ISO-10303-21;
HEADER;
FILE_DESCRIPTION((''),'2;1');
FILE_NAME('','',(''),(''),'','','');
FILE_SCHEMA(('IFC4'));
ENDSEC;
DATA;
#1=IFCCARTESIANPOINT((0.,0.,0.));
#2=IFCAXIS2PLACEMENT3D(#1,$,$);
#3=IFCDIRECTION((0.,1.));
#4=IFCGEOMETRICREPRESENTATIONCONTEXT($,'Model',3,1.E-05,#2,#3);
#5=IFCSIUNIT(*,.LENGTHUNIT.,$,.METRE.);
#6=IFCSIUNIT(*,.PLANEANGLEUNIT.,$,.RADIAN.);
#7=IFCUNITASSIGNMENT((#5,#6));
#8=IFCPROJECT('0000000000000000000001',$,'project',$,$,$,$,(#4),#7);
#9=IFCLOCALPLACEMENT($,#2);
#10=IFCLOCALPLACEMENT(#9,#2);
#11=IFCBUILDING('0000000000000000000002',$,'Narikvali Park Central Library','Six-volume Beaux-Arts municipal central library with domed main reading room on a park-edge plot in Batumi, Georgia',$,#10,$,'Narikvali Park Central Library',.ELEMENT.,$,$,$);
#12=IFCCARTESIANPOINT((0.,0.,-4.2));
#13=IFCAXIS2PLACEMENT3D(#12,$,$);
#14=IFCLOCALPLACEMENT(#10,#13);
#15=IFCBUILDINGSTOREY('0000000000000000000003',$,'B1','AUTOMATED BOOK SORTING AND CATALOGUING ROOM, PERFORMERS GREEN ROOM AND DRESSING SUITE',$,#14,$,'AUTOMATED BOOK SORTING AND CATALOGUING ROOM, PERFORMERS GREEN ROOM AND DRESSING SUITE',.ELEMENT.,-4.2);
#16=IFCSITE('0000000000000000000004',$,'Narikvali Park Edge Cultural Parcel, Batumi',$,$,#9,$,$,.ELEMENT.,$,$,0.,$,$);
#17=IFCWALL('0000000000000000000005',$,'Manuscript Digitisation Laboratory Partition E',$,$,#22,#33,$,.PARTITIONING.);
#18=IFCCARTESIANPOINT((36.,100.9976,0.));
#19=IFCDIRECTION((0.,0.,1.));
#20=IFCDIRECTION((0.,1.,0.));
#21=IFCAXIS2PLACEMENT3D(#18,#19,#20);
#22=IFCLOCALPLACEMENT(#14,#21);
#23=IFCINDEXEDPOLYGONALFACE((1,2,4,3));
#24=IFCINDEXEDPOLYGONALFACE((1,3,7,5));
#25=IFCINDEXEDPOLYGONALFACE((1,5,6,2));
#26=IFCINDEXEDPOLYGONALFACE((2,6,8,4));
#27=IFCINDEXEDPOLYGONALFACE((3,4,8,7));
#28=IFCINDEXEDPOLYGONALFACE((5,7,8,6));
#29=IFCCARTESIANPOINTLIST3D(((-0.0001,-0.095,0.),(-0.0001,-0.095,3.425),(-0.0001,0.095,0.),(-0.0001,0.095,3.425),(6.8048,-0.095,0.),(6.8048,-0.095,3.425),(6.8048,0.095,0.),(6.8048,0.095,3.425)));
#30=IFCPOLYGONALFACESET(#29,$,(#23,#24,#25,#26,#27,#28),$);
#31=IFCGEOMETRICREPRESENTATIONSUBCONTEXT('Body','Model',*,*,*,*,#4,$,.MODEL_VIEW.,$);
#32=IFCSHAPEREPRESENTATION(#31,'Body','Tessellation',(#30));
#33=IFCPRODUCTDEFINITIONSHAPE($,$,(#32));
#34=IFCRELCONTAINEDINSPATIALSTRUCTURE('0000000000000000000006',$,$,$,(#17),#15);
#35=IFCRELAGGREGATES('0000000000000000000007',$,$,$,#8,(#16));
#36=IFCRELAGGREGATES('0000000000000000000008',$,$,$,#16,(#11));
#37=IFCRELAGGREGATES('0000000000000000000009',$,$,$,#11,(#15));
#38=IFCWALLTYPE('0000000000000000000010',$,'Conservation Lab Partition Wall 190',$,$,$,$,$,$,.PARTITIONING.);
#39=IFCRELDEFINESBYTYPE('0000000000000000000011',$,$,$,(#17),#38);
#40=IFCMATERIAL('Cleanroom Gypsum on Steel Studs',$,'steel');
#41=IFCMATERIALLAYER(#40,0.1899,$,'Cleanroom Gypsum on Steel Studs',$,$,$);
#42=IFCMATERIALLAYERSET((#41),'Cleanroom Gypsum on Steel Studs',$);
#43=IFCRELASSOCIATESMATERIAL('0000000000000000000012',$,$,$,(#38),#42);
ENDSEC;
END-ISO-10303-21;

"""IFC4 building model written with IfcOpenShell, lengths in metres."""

from ifc_helpers import new_model, si_unit, direction, frame, frame_2d, origin, place, context, subcontext, project, spatial, rectangle, extrude, material, layer, layer_set, type_object, element, save


model = new_model("IFC4")

# Units and contexts
model_context = context("Model", 3, precision=1e-05, world=origin(), true_north=direction((0.0, 1.0)))
body_context = subcontext(model_context, "Body", "Model", "MODEL_VIEW")
ifc_project = project(units=[si_unit("LENGTHUNIT", "METRE"), si_unit("PLANEANGLEUNIT", "RADIAN")], contexts=[model_context])

# Site, building, storey
site_placement = place(None, origin())
site = spatial("IfcSite", under=ifc_project, at=site_placement, Name="Narikvali Park Edge Cultural Parcel, Batumi", CompositionType="ELEMENT", RefElevation=0.0)
building_placement = place(site_placement, origin())
building = spatial("IfcBuilding", under=site, at=building_placement, Name="Narikvali Park Central Library", Description="Six-volume Beaux-Arts municipal central library with domed main reading room on a park-edge plot in Batumi, Georgia", LongName="Narikvali Park Central Library", CompositionType="ELEMENT")
storey_placement = place(building_placement, frame((0.0, 0.0, -4.2)))
storey = spatial("IfcBuildingStorey", under=building, at=storey_placement, Name="B1", Description="AUTOMATED BOOK SORTING AND CATALOGUING ROOM, PERFORMERS GREEN ROOM AND DRESSING SUITE", LongName="AUTOMATED BOOK SORTING AND CATALOGUING ROOM, PERFORMERS GREEN ROOM AND DRESSING SUITE", CompositionType="ELEMENT", Elevation=-4.2)

# Wall
ifc_material_1 = material(Name="Cleanroom Gypsum on Steel Studs", Category="steel")
ifc_layer_1 = layer(ifc_material_1, 0.1899, Name="Cleanroom Gypsum on Steel Studs")
ifc_layer_set_1 = layer_set([ifc_layer_1], Name="Cleanroom Gypsum on Steel Studs")
wall_type_1 = type_object("IfcWallType", Name="Conservation Lab Partition Wall 190", PredefinedType="PARTITIONING", material=ifc_layer_set_1)
wall_1_placement = place(storey_placement, frame((36.0, 100.9976, 0.0), z_axis=(0.0, 0.0, 1.0), x_axis=(0.0, 1.0, 0.0)))
element("IfcWall", 1, at=wall_1_placement, inside=storey, type_object=wall_type_1, Name="Manuscript Digitisation Laboratory Partition E", PredefinedType="PARTITIONING", context=body_context, shape_type="SweptSolid", body=[
    extrude(rectangle(XDim=6.8049, YDim=0.1899, at=frame_2d((3.4023, 0.0))), origin(), (0.0, 0.0, 1.0), 3.425),
])

save(model, "model.ifc")
